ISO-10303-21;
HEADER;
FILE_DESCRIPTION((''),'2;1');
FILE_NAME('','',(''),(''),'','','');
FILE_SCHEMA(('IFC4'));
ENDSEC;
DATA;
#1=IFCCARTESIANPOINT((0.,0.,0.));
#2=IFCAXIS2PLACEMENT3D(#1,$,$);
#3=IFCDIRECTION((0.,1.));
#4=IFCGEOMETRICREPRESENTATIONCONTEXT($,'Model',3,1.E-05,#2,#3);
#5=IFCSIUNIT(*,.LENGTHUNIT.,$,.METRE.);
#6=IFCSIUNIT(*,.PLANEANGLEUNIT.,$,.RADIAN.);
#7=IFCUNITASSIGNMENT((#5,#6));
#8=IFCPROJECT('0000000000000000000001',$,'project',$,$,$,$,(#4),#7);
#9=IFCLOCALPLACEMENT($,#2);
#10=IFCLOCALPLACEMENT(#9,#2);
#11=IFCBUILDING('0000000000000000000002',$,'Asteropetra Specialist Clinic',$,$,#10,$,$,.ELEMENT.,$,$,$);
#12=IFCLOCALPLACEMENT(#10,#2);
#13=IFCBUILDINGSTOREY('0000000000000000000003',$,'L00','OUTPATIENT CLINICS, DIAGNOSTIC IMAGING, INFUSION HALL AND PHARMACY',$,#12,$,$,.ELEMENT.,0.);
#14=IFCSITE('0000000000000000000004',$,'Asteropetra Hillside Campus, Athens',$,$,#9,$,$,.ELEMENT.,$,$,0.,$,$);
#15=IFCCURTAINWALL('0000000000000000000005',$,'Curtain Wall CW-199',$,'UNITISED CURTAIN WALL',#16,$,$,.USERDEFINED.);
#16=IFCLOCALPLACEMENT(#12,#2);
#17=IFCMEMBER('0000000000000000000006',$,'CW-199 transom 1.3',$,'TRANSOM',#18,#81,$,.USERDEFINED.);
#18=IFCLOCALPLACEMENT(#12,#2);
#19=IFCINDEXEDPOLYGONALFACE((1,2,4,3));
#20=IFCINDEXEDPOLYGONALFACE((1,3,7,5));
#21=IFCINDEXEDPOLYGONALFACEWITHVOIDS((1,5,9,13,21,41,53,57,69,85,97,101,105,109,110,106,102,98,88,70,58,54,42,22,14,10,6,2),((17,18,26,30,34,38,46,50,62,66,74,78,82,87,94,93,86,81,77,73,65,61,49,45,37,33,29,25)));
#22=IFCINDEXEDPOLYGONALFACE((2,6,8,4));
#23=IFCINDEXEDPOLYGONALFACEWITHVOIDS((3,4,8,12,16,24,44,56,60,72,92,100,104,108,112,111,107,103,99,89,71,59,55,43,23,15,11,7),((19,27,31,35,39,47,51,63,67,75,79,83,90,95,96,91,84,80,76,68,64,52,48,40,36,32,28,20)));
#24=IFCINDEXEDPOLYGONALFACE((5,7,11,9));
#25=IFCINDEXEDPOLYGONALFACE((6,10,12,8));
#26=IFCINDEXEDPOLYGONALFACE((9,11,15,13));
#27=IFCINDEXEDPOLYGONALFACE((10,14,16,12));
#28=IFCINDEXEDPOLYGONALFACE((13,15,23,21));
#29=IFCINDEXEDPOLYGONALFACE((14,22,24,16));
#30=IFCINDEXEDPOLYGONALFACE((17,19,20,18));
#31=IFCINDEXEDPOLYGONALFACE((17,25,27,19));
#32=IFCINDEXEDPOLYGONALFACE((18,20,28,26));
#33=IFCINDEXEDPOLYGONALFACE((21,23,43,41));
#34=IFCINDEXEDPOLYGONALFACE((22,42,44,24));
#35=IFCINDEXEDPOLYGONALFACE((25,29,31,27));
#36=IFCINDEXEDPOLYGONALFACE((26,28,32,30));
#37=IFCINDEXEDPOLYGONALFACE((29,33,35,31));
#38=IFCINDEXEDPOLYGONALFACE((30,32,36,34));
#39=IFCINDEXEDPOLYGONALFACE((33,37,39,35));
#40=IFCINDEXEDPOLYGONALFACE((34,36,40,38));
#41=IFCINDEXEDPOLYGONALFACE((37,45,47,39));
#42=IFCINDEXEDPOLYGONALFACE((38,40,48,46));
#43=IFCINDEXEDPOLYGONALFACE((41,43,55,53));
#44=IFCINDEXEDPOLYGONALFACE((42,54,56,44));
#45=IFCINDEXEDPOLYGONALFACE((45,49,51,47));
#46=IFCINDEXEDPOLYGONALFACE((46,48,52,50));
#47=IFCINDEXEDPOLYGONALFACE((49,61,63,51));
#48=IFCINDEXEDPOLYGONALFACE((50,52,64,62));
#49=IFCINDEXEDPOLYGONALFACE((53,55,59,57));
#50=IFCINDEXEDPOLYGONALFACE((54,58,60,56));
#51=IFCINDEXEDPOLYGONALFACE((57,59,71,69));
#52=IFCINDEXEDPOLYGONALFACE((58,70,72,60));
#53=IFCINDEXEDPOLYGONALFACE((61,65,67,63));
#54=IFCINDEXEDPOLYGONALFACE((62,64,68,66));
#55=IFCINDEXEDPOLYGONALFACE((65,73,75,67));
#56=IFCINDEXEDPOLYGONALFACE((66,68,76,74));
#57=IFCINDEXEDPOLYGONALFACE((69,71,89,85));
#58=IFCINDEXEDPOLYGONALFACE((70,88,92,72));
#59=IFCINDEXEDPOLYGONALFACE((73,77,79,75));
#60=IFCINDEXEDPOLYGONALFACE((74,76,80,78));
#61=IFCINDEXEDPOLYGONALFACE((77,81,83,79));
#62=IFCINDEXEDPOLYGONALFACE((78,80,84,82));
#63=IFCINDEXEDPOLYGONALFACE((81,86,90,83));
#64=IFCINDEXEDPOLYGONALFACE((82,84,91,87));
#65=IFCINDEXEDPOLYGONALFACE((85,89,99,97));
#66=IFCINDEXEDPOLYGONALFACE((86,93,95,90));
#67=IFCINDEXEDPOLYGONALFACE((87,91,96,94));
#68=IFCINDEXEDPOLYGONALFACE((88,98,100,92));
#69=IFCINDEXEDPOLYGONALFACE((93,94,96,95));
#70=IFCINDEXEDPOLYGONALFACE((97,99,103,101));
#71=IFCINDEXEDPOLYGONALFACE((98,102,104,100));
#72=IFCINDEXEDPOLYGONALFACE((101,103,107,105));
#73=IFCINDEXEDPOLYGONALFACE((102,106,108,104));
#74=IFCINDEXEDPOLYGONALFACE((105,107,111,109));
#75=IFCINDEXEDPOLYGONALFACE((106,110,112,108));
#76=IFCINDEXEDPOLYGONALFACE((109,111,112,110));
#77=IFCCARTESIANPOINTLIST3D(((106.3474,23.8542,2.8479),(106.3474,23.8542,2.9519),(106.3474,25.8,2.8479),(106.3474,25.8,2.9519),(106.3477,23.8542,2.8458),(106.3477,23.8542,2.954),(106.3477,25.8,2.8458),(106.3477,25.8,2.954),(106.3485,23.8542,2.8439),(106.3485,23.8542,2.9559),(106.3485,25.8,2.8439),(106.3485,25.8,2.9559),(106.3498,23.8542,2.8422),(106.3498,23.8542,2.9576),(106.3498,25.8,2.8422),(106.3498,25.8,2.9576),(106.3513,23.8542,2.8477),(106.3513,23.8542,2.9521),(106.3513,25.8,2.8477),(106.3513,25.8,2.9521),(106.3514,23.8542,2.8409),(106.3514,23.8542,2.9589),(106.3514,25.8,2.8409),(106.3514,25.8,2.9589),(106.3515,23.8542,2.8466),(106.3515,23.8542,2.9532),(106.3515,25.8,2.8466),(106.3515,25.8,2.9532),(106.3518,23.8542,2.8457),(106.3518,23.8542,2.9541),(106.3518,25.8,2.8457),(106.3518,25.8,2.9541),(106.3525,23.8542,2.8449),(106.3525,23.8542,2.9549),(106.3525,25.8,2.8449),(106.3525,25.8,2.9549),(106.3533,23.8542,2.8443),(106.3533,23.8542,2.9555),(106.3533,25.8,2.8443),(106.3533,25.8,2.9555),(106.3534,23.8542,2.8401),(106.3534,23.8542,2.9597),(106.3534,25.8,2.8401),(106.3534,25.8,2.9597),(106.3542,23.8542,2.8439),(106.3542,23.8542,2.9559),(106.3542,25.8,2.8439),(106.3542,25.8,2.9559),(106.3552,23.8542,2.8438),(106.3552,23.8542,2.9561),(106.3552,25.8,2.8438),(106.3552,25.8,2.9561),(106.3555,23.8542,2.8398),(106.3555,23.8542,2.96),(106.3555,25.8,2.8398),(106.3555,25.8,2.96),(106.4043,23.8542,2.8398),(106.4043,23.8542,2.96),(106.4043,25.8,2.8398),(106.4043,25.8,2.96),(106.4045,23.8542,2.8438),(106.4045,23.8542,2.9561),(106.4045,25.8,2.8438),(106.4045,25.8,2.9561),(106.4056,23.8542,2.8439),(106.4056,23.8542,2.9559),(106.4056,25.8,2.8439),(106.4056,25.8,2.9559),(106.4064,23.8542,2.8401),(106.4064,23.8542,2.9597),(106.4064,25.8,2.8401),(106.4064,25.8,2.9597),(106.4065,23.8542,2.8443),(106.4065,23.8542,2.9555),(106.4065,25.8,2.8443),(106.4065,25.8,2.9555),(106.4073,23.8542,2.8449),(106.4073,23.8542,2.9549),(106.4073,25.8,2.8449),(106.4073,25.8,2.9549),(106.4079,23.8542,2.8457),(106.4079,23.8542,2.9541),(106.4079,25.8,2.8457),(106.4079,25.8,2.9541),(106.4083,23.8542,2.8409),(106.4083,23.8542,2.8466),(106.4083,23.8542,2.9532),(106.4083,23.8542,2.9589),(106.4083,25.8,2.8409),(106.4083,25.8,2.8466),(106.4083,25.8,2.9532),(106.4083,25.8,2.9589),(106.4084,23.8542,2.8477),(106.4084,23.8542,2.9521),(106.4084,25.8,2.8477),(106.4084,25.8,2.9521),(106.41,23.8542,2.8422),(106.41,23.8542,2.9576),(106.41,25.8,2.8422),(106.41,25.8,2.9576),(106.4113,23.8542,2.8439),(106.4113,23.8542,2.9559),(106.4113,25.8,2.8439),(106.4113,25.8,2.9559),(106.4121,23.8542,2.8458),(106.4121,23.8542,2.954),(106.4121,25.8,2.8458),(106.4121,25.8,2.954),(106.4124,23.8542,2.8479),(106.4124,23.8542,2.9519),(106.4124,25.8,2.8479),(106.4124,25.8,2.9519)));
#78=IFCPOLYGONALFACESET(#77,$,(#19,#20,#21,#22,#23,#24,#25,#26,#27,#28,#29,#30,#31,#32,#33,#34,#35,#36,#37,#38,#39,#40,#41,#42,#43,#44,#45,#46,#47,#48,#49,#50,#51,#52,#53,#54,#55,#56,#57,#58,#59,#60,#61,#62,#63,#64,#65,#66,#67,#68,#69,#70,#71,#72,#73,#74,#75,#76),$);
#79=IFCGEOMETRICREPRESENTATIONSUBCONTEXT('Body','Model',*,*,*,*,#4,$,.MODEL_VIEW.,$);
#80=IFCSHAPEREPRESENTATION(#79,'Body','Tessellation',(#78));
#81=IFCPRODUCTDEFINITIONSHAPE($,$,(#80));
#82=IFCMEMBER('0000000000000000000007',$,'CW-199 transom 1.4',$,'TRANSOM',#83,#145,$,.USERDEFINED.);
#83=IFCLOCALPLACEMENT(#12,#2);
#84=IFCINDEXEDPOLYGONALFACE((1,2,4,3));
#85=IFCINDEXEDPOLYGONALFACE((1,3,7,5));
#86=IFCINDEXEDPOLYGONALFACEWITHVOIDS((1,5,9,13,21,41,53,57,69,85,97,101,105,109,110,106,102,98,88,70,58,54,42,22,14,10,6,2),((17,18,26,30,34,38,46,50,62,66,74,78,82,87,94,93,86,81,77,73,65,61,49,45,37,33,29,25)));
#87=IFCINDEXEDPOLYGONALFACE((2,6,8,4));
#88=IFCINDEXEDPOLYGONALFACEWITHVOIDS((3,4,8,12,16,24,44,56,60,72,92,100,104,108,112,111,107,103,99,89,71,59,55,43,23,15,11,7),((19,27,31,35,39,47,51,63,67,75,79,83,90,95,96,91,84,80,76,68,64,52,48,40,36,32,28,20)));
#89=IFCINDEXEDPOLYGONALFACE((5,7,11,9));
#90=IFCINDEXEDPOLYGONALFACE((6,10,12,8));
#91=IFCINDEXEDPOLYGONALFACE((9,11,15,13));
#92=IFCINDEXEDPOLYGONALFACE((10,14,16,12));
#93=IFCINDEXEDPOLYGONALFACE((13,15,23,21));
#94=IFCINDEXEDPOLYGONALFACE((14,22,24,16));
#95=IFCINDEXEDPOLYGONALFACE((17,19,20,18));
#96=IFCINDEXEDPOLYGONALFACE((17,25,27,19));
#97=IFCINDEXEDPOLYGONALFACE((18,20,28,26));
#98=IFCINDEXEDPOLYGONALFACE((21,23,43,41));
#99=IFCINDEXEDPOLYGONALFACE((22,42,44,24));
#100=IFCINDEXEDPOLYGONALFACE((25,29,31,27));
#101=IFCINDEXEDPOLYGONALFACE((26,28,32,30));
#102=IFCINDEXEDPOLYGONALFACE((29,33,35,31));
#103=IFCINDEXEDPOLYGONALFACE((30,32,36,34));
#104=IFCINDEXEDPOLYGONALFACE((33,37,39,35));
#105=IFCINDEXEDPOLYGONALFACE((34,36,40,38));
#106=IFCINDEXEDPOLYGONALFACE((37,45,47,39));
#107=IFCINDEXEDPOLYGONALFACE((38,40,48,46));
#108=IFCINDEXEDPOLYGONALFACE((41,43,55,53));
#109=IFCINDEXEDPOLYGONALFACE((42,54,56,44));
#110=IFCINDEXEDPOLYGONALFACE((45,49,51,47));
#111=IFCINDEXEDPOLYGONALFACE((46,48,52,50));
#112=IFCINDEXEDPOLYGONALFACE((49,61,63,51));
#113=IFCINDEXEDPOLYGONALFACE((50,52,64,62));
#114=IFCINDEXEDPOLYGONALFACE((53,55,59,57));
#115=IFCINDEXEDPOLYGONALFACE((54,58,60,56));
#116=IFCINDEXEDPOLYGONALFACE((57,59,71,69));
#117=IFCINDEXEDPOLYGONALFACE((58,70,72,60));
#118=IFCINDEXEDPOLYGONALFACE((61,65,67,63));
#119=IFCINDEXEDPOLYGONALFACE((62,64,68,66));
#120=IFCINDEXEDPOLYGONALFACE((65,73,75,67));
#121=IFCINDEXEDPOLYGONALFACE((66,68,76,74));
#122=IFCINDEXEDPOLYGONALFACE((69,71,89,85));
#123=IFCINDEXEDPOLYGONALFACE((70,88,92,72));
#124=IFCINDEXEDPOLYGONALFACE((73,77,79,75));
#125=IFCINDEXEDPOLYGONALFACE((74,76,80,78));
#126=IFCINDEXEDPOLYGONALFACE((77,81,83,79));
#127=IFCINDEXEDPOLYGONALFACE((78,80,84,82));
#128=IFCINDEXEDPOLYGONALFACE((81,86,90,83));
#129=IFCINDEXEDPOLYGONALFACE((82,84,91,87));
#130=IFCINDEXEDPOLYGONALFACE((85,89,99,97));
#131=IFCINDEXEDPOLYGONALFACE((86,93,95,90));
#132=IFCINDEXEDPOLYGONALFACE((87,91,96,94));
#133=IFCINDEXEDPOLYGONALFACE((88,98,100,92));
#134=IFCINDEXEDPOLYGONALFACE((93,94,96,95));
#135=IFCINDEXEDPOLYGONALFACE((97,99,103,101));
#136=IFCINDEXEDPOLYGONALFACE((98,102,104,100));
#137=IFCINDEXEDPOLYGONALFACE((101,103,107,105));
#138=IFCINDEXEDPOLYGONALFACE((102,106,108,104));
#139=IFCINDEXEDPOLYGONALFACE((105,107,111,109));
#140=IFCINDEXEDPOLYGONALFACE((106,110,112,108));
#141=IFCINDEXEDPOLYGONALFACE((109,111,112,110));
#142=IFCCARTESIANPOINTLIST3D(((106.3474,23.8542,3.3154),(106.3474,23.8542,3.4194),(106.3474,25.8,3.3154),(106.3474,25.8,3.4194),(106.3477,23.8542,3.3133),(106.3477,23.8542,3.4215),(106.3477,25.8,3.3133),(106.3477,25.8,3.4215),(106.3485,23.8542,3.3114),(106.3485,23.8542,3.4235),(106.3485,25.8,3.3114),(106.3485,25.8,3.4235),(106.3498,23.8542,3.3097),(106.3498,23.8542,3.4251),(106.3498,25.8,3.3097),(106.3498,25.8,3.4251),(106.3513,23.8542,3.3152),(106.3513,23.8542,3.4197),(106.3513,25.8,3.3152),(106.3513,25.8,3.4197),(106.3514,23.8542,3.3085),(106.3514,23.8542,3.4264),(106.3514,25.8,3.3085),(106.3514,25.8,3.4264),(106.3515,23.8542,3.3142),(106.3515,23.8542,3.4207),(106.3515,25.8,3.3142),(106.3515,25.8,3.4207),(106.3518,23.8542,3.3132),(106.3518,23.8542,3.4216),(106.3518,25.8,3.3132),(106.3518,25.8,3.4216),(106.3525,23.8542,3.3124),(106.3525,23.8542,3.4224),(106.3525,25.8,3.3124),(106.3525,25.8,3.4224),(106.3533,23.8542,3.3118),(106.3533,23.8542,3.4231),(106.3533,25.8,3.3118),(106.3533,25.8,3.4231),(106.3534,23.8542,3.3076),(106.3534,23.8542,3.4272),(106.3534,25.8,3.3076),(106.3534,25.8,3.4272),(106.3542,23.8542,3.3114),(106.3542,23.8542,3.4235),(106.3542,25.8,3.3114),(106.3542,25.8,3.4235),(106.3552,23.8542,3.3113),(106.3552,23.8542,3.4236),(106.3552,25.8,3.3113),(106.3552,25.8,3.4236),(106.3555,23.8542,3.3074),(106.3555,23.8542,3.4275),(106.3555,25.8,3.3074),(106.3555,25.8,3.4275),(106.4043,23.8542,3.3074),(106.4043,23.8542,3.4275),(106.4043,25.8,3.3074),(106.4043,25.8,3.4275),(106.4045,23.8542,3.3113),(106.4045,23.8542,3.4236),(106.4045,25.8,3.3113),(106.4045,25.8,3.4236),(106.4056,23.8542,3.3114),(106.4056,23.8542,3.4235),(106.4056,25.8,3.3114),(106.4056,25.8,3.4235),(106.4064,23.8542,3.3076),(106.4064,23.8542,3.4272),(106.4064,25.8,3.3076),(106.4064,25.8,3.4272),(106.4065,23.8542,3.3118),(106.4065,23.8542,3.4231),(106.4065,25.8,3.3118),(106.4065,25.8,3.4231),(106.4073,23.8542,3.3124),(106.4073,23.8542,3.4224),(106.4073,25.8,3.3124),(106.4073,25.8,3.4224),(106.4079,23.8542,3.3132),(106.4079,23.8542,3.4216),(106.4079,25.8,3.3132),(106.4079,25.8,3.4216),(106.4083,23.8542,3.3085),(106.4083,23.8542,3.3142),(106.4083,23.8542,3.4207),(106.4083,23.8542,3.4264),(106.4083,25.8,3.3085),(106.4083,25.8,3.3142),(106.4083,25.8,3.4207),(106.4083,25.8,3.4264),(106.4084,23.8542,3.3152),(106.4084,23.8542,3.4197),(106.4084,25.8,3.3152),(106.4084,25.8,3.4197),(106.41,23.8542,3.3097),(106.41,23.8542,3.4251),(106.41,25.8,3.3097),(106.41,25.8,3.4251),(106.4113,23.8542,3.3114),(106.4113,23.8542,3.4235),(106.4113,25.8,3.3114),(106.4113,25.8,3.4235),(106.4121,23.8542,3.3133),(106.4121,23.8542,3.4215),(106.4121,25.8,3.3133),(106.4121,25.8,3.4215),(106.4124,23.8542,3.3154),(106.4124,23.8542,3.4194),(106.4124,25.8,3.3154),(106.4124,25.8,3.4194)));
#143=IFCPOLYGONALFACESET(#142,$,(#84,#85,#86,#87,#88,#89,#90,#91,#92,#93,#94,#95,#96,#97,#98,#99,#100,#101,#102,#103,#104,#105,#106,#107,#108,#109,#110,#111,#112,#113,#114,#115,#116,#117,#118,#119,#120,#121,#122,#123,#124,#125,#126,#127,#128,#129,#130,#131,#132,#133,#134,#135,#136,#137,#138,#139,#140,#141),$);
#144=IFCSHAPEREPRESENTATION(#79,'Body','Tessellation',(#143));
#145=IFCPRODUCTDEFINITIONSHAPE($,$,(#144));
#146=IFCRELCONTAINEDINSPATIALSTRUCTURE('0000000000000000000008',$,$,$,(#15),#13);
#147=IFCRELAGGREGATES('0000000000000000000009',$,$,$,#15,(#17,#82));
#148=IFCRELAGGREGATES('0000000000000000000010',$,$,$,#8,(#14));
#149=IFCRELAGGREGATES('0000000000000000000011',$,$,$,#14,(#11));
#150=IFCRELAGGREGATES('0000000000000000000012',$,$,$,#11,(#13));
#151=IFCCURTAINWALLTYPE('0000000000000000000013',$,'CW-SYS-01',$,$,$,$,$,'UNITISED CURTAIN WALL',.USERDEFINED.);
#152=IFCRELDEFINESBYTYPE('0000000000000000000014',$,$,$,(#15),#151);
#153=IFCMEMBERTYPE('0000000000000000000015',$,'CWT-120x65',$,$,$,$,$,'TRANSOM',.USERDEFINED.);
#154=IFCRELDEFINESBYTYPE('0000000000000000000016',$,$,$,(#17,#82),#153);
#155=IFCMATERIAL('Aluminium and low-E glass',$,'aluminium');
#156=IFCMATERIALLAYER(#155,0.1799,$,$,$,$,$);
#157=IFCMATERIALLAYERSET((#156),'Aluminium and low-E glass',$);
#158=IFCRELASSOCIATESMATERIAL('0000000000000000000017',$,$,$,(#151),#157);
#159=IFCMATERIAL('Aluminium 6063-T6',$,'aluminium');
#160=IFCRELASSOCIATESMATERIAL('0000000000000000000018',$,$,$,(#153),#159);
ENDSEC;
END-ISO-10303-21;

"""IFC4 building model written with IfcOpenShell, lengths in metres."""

from ifc_helpers import new_model, si_unit, direction, frame, origin, origin_2d, place, context, subcontext, project, spatial, hollow_rectangle, extrude, material, layer, layer_set, material_profile, profile_set, type_object, element, aggregate, save


model = new_model("IFC4")

# Units and contexts
model_context = context("Model", 3, precision=1e-05, world=origin(), true_north=direction((0.0, 1.0)))
body_context = subcontext(model_context, "Body", "Model", "MODEL_VIEW")
ifc_project = project(units=[si_unit("LENGTHUNIT", "METRE"), si_unit("PLANEANGLEUNIT", "RADIAN")], contexts=[model_context])

# Site, building, storey
site_placement = place(None, origin())
site = spatial("IfcSite", under=ifc_project, at=site_placement, Name="Asteropetra Hillside Campus, Athens", CompositionType="ELEMENT", RefElevation=0.0)
building_placement = place(site_placement, origin())
building = spatial("IfcBuilding", under=site, at=building_placement, Name="Asteropetra Specialist Clinic", CompositionType="ELEMENT")
storey_placement = place(building_placement, origin())
storey = spatial("IfcBuildingStorey", under=building, at=storey_placement, Name="L00", Description="OUTPATIENT CLINICS, DIAGNOSTIC IMAGING, INFUSION HALL AND PHARMACY", CompositionType="ELEMENT", Elevation=0.0)

# Curtain wall
ifc_material_1 = material(Name="Aluminium and low-E glass", Category="aluminium")
ifc_layer_1 = layer(ifc_material_1, 0.1799)
ifc_layer_set_1 = layer_set([ifc_layer_1], Name="Aluminium and low-E glass")
curtain_wall_type_1 = type_object("IfcCurtainWallType", Name="CW-SYS-01", ElementType="UNITISED CURTAIN WALL", PredefinedType="USERDEFINED", material=ifc_layer_set_1)
curtain_wall_1_placement = place(storey_placement, origin())
curtain_wall_1 = element("IfcCurtainWall", 1, at=curtain_wall_1_placement, inside=storey, type_object=curtain_wall_type_1, Name="Curtain Wall CW-199", ObjectType="UNITISED CURTAIN WALL", PredefinedType="USERDEFINED")

# Members
ifc_material_2 = material(Name="Aluminium 6063-T6", Category="aluminium")
ifc_material_profile_1 = material_profile(ifc_material_2, hollow_rectangle(XDim=0.0649, YDim=0.1201, WallThickness=0.0039, InnerFilletRadius=0.0039, OuterFilletRadius=0.0081, at=origin_2d()), Name="TRN 120x65x4.0")
ifc_profile_set_1 = profile_set([ifc_material_profile_1], Name="Aluminium 6063-T6")
member_type_1 = type_object("IfcMemberType", Name="CWT-120x65", ElementType="TRANSOM", PredefinedType="USERDEFINED", material=ifc_profile_set_1)
member_1_placement = place(storey_placement, frame((106.3799, 25.8, 2.8999), z_axis=(0.0, -1.0, 0.0), x_axis=(1.0, 0.0, 0.0)))
member_1 = element("IfcMember", 2, at=member_1_placement, type_object=member_type_1, Name="CW-199 transom 1.3", ObjectType="TRANSOM", PredefinedType="USERDEFINED", context=body_context, shape_type="SweptSolid", body=[
    extrude(hollow_rectangle(XDim=0.0649, YDim=0.1201, WallThickness=0.0039, InnerFilletRadius=0.0039, OuterFilletRadius=0.0081, at=origin_2d()), origin(), (0.0, 0.0, 1.0), 1.9458),
])
member_2_placement = place(storey_placement, frame((106.3799, 25.8, 3.3674), z_axis=(0.0, -1.0, 0.0), x_axis=(1.0, 0.0, 0.0)))
member_2 = element("IfcMember", 3, at=member_2_placement, type_object=member_type_1, Name="CW-199 transom 1.4", ObjectType="TRANSOM", PredefinedType="USERDEFINED", context=body_context, shape_type="SweptSolid", body=[
    extrude(hollow_rectangle(XDim=0.0649, YDim=0.1201, WallThickness=0.0039, InnerFilletRadius=0.0039, OuterFilletRadius=0.0081, at=origin_2d()), origin(), (0.0, 0.0, 1.0), 1.9458),
])
aggregate(curtain_wall_1, [member_1, member_2])

save(model, "model.ifc")
